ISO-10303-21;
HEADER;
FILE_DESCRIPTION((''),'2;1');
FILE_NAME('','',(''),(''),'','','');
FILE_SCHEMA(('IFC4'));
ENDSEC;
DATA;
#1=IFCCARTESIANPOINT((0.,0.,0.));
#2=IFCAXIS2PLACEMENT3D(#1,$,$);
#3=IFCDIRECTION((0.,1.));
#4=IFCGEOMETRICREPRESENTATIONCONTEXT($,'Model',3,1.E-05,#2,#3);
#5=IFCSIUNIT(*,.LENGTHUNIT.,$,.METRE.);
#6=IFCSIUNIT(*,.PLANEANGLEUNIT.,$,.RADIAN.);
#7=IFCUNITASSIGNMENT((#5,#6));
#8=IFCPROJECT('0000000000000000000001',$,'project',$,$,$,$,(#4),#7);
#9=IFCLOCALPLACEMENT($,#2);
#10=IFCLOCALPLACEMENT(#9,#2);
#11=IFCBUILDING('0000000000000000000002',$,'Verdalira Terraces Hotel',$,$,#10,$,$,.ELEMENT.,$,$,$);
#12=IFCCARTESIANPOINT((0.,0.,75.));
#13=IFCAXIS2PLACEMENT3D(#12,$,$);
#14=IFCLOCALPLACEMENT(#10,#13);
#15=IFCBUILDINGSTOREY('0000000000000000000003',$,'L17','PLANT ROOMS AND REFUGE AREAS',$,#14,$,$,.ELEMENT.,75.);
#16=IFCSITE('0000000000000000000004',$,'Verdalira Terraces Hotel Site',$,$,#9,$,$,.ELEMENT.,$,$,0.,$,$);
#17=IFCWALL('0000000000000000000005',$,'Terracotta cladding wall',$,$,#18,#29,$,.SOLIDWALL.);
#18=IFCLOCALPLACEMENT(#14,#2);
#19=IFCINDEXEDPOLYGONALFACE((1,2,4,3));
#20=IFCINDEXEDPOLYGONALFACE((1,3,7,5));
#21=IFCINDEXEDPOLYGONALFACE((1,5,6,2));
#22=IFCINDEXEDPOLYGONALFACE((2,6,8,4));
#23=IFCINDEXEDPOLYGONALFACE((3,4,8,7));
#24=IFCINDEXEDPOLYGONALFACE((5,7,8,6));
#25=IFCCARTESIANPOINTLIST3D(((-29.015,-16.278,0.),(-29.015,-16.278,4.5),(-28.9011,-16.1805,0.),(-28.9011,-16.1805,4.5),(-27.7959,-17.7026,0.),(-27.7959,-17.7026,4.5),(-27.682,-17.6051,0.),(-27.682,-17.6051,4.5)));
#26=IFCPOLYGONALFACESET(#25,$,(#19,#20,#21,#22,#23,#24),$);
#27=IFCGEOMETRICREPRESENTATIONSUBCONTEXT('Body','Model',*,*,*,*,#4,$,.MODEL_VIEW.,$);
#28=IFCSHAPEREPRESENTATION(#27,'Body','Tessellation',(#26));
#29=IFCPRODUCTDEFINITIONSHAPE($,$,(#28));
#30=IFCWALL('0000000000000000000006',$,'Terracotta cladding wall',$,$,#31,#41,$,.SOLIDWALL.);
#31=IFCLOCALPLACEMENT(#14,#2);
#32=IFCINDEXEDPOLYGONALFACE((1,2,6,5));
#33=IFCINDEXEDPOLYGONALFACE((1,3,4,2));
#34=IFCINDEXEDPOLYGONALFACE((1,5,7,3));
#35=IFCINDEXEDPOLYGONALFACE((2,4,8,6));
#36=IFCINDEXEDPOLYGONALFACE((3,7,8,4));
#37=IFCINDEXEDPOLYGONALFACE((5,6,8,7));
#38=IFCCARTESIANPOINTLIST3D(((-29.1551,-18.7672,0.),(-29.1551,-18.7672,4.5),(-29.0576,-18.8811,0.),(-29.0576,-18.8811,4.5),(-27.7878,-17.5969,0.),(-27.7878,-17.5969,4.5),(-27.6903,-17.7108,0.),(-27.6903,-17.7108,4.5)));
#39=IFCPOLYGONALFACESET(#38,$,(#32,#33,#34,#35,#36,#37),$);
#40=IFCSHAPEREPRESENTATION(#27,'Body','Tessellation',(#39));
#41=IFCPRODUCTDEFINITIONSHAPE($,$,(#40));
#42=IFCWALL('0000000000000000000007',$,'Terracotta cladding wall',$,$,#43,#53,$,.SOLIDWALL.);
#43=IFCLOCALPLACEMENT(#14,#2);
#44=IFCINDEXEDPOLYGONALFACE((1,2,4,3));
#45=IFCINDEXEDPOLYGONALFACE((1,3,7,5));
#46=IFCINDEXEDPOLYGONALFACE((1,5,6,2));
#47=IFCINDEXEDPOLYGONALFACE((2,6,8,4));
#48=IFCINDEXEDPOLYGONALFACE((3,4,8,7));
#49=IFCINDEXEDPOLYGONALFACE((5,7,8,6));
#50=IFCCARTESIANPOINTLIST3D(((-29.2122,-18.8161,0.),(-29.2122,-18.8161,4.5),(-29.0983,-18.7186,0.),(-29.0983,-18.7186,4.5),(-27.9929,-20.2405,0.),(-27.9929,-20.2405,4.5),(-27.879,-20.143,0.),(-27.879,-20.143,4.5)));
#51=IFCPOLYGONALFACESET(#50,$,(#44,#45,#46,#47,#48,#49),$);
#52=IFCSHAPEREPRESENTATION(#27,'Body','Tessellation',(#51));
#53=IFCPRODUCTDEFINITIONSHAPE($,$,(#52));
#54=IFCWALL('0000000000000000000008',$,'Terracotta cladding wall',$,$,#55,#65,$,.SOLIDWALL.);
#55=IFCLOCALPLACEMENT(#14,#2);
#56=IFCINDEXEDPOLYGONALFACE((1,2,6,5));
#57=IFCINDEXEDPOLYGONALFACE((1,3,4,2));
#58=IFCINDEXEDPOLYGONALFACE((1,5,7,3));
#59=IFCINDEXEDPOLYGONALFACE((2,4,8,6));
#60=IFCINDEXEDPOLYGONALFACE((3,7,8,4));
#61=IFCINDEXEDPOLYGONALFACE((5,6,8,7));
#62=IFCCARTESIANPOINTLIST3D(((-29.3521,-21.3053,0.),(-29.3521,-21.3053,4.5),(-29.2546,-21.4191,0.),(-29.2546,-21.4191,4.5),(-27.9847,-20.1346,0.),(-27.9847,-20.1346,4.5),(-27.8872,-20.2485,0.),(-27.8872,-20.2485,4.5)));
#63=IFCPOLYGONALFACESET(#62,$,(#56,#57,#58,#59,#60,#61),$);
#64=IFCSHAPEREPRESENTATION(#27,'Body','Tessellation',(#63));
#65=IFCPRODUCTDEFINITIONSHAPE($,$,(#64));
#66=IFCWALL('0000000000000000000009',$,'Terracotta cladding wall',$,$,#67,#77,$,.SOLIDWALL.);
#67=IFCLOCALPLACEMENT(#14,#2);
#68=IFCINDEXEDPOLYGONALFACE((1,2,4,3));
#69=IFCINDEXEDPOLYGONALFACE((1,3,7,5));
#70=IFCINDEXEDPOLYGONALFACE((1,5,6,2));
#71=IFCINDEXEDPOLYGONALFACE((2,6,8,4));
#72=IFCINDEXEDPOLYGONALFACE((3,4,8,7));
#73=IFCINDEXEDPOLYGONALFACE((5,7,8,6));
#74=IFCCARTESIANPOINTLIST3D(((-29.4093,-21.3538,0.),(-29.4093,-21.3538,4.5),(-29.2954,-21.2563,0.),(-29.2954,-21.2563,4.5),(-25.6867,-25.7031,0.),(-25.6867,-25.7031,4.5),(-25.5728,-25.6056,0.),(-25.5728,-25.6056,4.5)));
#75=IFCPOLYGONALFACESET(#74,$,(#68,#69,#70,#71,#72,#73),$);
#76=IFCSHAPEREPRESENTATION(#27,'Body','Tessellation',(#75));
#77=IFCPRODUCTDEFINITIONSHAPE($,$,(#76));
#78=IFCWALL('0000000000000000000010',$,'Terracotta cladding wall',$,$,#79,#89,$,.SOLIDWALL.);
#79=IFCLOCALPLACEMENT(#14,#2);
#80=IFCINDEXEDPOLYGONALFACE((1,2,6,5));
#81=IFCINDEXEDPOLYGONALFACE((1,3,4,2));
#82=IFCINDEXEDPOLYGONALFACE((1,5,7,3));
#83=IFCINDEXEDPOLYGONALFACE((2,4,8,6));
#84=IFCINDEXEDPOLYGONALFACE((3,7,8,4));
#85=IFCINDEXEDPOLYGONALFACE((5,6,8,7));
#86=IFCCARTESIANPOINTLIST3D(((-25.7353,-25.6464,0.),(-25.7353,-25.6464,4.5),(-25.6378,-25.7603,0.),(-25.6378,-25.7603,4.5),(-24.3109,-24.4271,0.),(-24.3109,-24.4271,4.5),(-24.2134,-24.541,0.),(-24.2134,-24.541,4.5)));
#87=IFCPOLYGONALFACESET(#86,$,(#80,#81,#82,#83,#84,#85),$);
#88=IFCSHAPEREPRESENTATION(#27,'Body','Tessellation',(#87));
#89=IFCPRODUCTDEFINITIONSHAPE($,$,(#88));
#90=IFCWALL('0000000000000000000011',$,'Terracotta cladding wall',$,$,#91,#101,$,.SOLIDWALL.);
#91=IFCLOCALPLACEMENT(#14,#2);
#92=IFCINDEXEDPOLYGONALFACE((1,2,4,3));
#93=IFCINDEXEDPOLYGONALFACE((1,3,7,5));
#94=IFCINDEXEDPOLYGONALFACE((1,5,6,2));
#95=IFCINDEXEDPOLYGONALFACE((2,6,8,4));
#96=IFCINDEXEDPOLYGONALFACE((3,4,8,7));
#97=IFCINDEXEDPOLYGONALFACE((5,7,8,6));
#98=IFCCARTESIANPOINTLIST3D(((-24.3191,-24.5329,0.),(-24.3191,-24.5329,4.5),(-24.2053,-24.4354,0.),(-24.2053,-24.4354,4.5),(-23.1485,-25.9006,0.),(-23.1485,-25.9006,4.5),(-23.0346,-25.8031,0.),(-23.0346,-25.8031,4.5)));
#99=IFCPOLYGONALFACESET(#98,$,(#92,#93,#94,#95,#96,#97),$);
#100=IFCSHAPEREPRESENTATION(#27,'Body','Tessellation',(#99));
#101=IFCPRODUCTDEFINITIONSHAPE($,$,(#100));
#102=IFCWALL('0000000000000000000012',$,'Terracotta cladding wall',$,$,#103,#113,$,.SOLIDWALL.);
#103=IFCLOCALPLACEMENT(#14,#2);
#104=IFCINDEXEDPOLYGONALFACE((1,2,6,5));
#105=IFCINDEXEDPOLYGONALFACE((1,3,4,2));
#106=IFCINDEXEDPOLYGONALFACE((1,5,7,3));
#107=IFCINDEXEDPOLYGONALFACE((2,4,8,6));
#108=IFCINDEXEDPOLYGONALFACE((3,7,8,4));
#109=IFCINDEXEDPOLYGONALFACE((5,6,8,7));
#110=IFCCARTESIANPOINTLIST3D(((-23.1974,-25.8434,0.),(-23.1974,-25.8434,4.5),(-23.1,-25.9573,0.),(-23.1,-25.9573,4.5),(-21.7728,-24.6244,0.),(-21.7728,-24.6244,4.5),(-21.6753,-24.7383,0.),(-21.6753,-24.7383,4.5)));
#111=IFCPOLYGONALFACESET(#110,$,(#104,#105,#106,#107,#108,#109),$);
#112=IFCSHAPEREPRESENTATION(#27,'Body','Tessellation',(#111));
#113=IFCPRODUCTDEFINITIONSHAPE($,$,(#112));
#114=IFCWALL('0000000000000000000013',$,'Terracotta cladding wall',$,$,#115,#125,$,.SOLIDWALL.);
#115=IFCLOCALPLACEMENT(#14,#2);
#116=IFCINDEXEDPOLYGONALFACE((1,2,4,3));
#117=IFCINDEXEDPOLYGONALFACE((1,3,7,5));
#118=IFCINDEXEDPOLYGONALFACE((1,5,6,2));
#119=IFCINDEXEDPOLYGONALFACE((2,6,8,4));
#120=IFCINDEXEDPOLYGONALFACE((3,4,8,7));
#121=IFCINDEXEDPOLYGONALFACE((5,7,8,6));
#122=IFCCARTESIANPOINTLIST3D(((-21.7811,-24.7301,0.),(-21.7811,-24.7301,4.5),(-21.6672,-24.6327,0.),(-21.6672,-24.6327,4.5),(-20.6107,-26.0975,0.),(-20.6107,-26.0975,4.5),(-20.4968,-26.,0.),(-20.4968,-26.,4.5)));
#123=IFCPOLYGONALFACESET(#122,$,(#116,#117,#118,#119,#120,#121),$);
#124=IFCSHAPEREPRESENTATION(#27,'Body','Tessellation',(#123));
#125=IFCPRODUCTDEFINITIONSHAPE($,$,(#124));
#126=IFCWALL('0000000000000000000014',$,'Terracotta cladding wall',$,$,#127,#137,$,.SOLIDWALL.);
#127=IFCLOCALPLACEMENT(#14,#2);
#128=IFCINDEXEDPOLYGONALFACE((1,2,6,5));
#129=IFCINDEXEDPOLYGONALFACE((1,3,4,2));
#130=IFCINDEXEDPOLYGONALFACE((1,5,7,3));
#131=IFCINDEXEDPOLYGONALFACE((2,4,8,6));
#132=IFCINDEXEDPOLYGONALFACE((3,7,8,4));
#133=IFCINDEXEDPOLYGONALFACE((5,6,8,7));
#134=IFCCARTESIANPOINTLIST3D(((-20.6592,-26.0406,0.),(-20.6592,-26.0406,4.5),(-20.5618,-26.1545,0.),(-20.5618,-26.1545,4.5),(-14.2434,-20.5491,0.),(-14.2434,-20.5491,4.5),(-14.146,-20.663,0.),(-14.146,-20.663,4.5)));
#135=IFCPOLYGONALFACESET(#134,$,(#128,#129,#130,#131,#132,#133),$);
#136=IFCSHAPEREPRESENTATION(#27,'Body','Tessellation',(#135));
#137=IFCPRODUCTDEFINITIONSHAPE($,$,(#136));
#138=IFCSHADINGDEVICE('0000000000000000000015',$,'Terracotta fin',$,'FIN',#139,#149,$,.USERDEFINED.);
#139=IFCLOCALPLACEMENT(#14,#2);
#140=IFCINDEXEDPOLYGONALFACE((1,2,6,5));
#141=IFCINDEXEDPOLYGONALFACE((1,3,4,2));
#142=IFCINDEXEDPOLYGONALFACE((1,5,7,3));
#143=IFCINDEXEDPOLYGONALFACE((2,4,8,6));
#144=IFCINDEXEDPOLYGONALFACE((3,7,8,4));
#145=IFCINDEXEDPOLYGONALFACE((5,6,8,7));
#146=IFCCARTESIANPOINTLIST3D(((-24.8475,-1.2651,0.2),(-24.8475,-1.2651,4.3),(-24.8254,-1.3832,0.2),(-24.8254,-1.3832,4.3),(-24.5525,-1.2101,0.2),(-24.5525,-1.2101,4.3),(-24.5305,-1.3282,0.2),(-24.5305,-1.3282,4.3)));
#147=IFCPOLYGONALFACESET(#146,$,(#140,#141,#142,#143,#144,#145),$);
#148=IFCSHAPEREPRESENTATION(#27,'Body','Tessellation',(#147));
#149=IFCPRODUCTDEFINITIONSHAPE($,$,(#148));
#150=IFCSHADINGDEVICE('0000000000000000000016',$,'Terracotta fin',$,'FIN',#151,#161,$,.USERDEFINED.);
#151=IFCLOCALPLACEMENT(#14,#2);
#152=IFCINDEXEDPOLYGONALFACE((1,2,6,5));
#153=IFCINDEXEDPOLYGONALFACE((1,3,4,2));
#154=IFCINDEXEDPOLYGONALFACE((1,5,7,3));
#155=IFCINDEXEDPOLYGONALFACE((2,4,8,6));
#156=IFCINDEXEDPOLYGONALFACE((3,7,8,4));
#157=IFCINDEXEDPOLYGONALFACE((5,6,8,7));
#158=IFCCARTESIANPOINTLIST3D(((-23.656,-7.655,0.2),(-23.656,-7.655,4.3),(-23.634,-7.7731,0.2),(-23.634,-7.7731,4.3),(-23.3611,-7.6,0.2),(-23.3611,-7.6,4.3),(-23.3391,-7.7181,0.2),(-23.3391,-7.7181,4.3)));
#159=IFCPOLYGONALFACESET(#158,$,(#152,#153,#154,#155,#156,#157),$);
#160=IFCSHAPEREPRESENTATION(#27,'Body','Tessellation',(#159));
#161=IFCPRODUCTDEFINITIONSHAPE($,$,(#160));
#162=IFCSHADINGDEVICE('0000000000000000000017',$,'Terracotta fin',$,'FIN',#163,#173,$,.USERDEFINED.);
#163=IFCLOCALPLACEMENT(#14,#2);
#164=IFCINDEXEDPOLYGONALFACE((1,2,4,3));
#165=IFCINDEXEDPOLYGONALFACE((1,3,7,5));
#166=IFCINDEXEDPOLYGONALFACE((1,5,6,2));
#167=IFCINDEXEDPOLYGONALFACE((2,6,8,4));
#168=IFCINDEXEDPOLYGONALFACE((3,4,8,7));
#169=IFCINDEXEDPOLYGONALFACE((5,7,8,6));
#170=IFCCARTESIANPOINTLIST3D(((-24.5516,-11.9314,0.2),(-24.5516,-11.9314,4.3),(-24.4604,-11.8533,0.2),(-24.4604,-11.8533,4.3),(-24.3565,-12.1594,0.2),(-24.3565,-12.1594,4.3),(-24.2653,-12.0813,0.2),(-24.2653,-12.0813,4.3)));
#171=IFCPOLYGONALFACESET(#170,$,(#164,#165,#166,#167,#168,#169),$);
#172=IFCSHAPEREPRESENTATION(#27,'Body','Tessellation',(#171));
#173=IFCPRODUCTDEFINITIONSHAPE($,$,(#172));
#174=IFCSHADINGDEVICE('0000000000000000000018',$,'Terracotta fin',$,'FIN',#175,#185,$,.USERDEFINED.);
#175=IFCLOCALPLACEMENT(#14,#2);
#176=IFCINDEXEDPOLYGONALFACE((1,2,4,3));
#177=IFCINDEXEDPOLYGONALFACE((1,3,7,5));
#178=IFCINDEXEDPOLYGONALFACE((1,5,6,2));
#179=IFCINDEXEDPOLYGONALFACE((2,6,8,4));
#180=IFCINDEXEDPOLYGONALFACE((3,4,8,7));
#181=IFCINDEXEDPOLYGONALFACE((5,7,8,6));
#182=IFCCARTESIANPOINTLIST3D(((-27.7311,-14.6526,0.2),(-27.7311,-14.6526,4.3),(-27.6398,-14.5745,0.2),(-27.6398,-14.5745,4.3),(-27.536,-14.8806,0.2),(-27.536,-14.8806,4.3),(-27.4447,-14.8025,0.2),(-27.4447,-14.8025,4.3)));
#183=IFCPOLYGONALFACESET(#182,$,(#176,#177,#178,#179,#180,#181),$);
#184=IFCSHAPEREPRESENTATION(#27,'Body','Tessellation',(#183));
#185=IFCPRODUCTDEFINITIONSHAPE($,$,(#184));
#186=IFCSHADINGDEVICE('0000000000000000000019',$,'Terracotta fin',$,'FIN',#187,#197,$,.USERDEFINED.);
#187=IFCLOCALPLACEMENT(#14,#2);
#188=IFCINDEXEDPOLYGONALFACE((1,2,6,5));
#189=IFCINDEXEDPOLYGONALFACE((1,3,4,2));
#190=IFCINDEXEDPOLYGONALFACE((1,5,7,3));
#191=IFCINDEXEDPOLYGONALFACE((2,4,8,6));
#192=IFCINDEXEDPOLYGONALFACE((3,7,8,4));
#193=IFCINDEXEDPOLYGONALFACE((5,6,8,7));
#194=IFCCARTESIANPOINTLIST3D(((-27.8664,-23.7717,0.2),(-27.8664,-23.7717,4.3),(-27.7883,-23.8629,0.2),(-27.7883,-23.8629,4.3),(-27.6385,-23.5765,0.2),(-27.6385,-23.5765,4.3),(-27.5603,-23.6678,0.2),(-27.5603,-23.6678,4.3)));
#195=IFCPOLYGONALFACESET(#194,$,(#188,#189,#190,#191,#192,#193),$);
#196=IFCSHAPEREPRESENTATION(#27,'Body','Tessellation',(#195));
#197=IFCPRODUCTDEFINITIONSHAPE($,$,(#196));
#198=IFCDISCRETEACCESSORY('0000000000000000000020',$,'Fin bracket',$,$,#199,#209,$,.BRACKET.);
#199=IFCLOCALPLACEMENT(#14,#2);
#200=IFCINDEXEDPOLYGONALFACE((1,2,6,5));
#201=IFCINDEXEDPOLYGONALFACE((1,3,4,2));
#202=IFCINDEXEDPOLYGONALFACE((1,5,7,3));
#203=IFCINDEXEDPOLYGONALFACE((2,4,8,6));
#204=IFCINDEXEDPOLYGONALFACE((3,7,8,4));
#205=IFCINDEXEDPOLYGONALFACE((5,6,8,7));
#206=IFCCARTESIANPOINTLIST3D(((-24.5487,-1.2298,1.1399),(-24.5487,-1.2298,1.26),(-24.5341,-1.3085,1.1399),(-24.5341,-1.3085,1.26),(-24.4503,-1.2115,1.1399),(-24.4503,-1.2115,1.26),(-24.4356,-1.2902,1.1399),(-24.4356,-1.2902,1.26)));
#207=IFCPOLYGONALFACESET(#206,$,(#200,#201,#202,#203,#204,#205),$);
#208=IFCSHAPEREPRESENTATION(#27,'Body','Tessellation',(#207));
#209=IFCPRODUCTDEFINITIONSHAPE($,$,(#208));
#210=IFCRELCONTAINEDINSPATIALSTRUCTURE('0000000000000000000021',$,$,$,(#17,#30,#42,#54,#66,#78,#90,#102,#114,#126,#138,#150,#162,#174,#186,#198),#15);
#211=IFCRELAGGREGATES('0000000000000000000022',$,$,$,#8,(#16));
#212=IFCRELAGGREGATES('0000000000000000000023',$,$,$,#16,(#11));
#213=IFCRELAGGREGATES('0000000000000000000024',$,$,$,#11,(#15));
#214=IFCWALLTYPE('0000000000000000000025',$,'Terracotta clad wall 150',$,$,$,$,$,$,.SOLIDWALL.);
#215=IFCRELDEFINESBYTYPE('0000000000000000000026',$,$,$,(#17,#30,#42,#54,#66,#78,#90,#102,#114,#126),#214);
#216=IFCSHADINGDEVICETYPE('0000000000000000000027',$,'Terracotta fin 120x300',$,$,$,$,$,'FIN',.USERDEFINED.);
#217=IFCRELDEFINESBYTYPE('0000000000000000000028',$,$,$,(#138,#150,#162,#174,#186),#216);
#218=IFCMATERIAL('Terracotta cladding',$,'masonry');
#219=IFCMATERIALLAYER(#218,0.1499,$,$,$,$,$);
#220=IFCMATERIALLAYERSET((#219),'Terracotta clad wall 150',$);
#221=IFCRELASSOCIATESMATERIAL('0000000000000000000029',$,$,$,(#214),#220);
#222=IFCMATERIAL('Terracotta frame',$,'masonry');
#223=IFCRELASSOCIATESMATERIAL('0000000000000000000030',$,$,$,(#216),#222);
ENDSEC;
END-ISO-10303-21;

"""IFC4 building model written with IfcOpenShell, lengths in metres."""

from ifc_helpers import new_model, si_unit, direction, frame, frame_2d, origin, origin_2d, place, context, subcontext, project, spatial, rectangle, extrude, material, layer, layer_set, material_profile, profile_set, type_object, element, save


model = new_model("IFC4")

# Units and contexts
model_context = context("Model", 3, precision=1e-05, world=origin(), true_north=direction((0.0, 1.0)))
body_context = subcontext(model_context, "Body", "Model", "MODEL_VIEW")
ifc_project = project(units=[si_unit("LENGTHUNIT", "METRE"), si_unit("PLANEANGLEUNIT", "RADIAN")], contexts=[model_context])

# Site, building, storey
site_placement = place(None, origin())
site = spatial("IfcSite", under=ifc_project, at=site_placement, Name="Verdalira Terraces Hotel Site", CompositionType="ELEMENT", RefElevation=0.0)
building_placement = place(site_placement, origin())
building = spatial("IfcBuilding", under=site, at=building_placement, Name="Verdalira Terraces Hotel", CompositionType="ELEMENT")
storey_placement = place(building_placement, frame((0.0, 0.0, 75.0)))
storey = spatial("IfcBuildingStorey", under=building, at=storey_placement, Name="L17", Description="PLANT ROOMS AND REFUGE AREAS", CompositionType="ELEMENT", Elevation=75.0)

# Walls
ifc_material_1 = material(Name="Terracotta cladding", Category="masonry")
ifc_layer_1 = layer(ifc_material_1, 0.1499)
ifc_layer_set_1 = layer_set([ifc_layer_1], Name="Terracotta clad wall 150")
wall_type_1 = type_object("IfcWallType", Name="Terracotta clad wall 150", PredefinedType="SOLIDWALL", material=ifc_layer_set_1)
wall_1_placement = place(storey_placement, frame((-28.958, -16.2292, 0.0), z_axis=(0.0, 0.0, 1.0), x_axis=(0.650158, -0.759799, 0.0)))
element("IfcWall", 1, at=wall_1_placement, inside=storey, type_object=wall_type_1, Name="Terracotta cladding wall", PredefinedType="SOLIDWALL", context=body_context, shape_type="SweptSolid", body=[
    extrude(rectangle(XDim=1.875, YDim=0.1499, at=frame_2d((0.9375, 0.0))), origin(), (0.0, 0.0, 1.0), 4.5),
])
wall_2_placement = place(storey_placement, frame((-27.739, -17.6538, 0.0), z_axis=(0.0, 0.0, 1.0), x_axis=(-0.759716, -0.650255, 0.0)))
element("IfcWall", 2, at=wall_2_placement, inside=storey, type_object=wall_type_1, Name="Terracotta cladding wall", PredefinedType="SOLIDWALL", context=body_context, shape_type="SweptSolid", body=[
    extrude(rectangle(XDim=1.7998, YDim=0.1499, at=frame_2d((0.8999, 0.0))), origin(), (0.0, 0.0, 1.0), 4.5),
])
wall_3_placement = place(storey_placement, frame((-29.1553, -18.7673, 0.0), z_axis=(0.0, 0.0, 1.0), x_axis=(0.650298, -0.759679, 0.0)))
element("IfcWall", 3, at=wall_3_placement, inside=storey, type_object=wall_type_1, Name="Terracotta cladding wall", PredefinedType="SOLIDWALL", context=body_context, shape_type="SweptSolid", body=[
    extrude(rectangle(XDim=1.875, YDim=0.1499, at=frame_2d((0.9375, 0.0))), origin(), (0.0, 0.0, 1.0), 4.5),
])
wall_4_placement = place(storey_placement, frame((-27.936, -20.1916, 0.0), z_axis=(0.0, 0.0, 1.0), x_axis=(-0.759649, -0.650333, 0.0)))
element("IfcWall", 4, at=wall_4_placement, inside=storey, type_object=wall_type_1, Name="Terracotta cladding wall", PredefinedType="SOLIDWALL", context=body_context, shape_type="SweptSolid", body=[
    extrude(rectangle(XDim=1.8, YDim=0.1499, at=frame_2d((0.8999, 0.0))), origin(), (0.0, 0.0, 1.0), 4.5),
])
wall_5_placement = place(storey_placement, frame((-29.3523, -21.3052, 0.0), z_axis=(0.0, 0.0, 1.0), x_axis=(0.65025, -0.75972, 0.0)))
element("IfcWall", 5, at=wall_5_placement, inside=storey, type_object=wall_type_1, Name="Terracotta cladding wall", PredefinedType="SOLIDWALL", context=body_context, shape_type="SweptSolid", body=[
    extrude(rectangle(XDim=5.7249, YDim=0.1499, at=frame_2d((2.8623, 0.0))), origin(), (0.0, 0.0, 1.0), 4.5),
])
wall_6_placement = place(storey_placement, frame((-25.6865, -25.7034, 0.0), z_axis=(0.0, 0.0, 1.0), x_axis=(0.759679, 0.650298, 0.0)))
element("IfcWall", 6, at=wall_6_placement, inside=storey, type_object=wall_type_1, Name="Terracotta cladding wall", PredefinedType="SOLIDWALL", context=body_context, shape_type="SweptSolid", body=[
    extrude(rectangle(XDim=1.875, YDim=0.1499, at=frame_2d((0.9375, 0.0))), origin(), (0.0, 0.0, 1.0), 4.5),
])
wall_7_placement = place(storey_placement, frame((-24.2622, -24.4841, 0.0), z_axis=(0.0, 0.0, 1.0), x_axis=(0.650266, -0.759706, 0.0)))
element("IfcWall", 7, at=wall_7_placement, inside=storey, type_object=wall_type_1, Name="Terracotta cladding wall", PredefinedType="SOLIDWALL", context=body_context, shape_type="SweptSolid", body=[
    extrude(rectangle(XDim=1.8003, YDim=0.1499, at=frame_2d((0.9001, 0.0))), origin(), (0.0, 0.0, 1.0), 4.5),
])
wall_8_placement = place(storey_placement, frame((-23.1487, -25.9004, 0.0), z_axis=(0.0, 0.0, 1.0), x_axis=(0.759799, 0.650158, 0.0)))
element("IfcWall", 8, at=wall_8_placement, inside=storey, type_object=wall_type_1, Name="Terracotta cladding wall", PredefinedType="SOLIDWALL", context=body_context, shape_type="SweptSolid", body=[
    extrude(rectangle(XDim=1.875, YDim=0.1499, at=frame_2d((0.9375, 0.0))), origin(), (0.0, 0.0, 1.0), 4.5),
])
wall_9_placement = place(storey_placement, frame((-21.7241, -24.6814, 0.0), z_axis=(0.0, 0.0, 1.0), x_axis=(0.650255, -0.759716, 0.0)))
element("IfcWall", 9, at=wall_9_placement, inside=storey, type_object=wall_type_1, Name="Terracotta cladding wall", PredefinedType="SOLIDWALL", context=body_context, shape_type="SweptSolid", body=[
    extrude(rectangle(XDim=1.7998, YDim=0.1499, at=frame_2d((0.8999, 0.0))), origin(), (0.0, 0.0, 1.0), 4.5),
])
wall_10_placement = place(storey_placement, frame((-20.6106, -26.0977, 0.0), z_axis=(0.0, 0.0, 1.0), x_axis=(0.759711, 0.65026, 0.0)))
element("IfcWall", 10, at=wall_10_placement, inside=storey, type_object=wall_type_1, Name="Terracotta cladding wall", PredefinedType="SOLIDWALL", context=body_context, shape_type="SweptSolid", body=[
    extrude(rectangle(XDim=8.4451, YDim=0.1499, at=frame_2d((4.2227, 0.0))), origin(), (0.0, 0.0, 1.0), 4.5),
])

# Shading devices
ifc_material_2 = material(Name="Terracotta frame", Category="masonry")
ifc_material_profile_1 = material_profile(ifc_material_2, rectangle(XDim=0.1201, YDim=0.3, at=origin_2d()), Name="FIN 120x300")
ifc_profile_set_1 = profile_set([ifc_material_profile_1], Name="Terracotta frame")
shading_device_type = type_object("IfcShadingDeviceType", Name="Terracotta fin 120x300", ElementType="FIN", PredefinedType="USERDEFINED", material=ifc_profile_set_1)
for number, where, z_axis, x_axis, name in (
    (11, (-24.689, -1.2966, 0.2), (0.0, 0.0, 1.0), (0.183265, -0.983064, 0.0), "Terracotta fin"),
    (12, (-23.4976, -7.6865, 0.2), (0.0, 0.0, 1.0), (0.183265, -0.983064, 0.0), "Terracotta fin"),
    (13, (-24.4084, -12.0063, 0.2), (0.0, 0.0, 1.0), (-0.759725, -0.650244, 0.0), "Terracotta fin"),
    (14, (-27.5879, -14.7275, 0.2), (0.0, 0.0, 1.0), (-0.759725, -0.650244, 0.0), "Terracotta fin"),
    (15, (-27.7134, -23.7197, 0.2), (0.0, 0.0, 1.0), (0.650244, -0.759725, 0.0), "Terracotta fin"),
):
    element("IfcShadingDevice", number, at=place(storey_placement, frame(where, z_axis=z_axis, x_axis=x_axis)), inside=storey, type_object=shading_device_type, Name=name, ObjectType="FIN", PredefinedType="USERDEFINED", context=body_context, shape_type="SweptSolid", body=[
        extrude(rectangle(XDim=0.1201, YDim=0.3, at=origin_2d()), origin(), (0.0, 0.0, 1.0), 4.1001),
    ])

# Discrete accessory
for number, where, z_axis, x_axis, name in (
    (16, (-24.4922, -1.26, 1.1399), (0.0, 0.0, 1.0), (0.183265, -0.983064, 0.0), "Fin bracket"),
):
    element("IfcDiscreteAccessory", number, at=place(storey_placement, frame(where, z_axis=z_axis, x_axis=x_axis)), inside=storey, Name=name, PredefinedType="BRACKET", context=body_context, shape_type="SweptSolid", body=[
        extrude(rectangle(XDim=0.0801, YDim=0.1001, at=origin_2d()), origin(), (0.0, 0.0, 1.0), 0.1201),
    ])

save(model, "model.ifc")
